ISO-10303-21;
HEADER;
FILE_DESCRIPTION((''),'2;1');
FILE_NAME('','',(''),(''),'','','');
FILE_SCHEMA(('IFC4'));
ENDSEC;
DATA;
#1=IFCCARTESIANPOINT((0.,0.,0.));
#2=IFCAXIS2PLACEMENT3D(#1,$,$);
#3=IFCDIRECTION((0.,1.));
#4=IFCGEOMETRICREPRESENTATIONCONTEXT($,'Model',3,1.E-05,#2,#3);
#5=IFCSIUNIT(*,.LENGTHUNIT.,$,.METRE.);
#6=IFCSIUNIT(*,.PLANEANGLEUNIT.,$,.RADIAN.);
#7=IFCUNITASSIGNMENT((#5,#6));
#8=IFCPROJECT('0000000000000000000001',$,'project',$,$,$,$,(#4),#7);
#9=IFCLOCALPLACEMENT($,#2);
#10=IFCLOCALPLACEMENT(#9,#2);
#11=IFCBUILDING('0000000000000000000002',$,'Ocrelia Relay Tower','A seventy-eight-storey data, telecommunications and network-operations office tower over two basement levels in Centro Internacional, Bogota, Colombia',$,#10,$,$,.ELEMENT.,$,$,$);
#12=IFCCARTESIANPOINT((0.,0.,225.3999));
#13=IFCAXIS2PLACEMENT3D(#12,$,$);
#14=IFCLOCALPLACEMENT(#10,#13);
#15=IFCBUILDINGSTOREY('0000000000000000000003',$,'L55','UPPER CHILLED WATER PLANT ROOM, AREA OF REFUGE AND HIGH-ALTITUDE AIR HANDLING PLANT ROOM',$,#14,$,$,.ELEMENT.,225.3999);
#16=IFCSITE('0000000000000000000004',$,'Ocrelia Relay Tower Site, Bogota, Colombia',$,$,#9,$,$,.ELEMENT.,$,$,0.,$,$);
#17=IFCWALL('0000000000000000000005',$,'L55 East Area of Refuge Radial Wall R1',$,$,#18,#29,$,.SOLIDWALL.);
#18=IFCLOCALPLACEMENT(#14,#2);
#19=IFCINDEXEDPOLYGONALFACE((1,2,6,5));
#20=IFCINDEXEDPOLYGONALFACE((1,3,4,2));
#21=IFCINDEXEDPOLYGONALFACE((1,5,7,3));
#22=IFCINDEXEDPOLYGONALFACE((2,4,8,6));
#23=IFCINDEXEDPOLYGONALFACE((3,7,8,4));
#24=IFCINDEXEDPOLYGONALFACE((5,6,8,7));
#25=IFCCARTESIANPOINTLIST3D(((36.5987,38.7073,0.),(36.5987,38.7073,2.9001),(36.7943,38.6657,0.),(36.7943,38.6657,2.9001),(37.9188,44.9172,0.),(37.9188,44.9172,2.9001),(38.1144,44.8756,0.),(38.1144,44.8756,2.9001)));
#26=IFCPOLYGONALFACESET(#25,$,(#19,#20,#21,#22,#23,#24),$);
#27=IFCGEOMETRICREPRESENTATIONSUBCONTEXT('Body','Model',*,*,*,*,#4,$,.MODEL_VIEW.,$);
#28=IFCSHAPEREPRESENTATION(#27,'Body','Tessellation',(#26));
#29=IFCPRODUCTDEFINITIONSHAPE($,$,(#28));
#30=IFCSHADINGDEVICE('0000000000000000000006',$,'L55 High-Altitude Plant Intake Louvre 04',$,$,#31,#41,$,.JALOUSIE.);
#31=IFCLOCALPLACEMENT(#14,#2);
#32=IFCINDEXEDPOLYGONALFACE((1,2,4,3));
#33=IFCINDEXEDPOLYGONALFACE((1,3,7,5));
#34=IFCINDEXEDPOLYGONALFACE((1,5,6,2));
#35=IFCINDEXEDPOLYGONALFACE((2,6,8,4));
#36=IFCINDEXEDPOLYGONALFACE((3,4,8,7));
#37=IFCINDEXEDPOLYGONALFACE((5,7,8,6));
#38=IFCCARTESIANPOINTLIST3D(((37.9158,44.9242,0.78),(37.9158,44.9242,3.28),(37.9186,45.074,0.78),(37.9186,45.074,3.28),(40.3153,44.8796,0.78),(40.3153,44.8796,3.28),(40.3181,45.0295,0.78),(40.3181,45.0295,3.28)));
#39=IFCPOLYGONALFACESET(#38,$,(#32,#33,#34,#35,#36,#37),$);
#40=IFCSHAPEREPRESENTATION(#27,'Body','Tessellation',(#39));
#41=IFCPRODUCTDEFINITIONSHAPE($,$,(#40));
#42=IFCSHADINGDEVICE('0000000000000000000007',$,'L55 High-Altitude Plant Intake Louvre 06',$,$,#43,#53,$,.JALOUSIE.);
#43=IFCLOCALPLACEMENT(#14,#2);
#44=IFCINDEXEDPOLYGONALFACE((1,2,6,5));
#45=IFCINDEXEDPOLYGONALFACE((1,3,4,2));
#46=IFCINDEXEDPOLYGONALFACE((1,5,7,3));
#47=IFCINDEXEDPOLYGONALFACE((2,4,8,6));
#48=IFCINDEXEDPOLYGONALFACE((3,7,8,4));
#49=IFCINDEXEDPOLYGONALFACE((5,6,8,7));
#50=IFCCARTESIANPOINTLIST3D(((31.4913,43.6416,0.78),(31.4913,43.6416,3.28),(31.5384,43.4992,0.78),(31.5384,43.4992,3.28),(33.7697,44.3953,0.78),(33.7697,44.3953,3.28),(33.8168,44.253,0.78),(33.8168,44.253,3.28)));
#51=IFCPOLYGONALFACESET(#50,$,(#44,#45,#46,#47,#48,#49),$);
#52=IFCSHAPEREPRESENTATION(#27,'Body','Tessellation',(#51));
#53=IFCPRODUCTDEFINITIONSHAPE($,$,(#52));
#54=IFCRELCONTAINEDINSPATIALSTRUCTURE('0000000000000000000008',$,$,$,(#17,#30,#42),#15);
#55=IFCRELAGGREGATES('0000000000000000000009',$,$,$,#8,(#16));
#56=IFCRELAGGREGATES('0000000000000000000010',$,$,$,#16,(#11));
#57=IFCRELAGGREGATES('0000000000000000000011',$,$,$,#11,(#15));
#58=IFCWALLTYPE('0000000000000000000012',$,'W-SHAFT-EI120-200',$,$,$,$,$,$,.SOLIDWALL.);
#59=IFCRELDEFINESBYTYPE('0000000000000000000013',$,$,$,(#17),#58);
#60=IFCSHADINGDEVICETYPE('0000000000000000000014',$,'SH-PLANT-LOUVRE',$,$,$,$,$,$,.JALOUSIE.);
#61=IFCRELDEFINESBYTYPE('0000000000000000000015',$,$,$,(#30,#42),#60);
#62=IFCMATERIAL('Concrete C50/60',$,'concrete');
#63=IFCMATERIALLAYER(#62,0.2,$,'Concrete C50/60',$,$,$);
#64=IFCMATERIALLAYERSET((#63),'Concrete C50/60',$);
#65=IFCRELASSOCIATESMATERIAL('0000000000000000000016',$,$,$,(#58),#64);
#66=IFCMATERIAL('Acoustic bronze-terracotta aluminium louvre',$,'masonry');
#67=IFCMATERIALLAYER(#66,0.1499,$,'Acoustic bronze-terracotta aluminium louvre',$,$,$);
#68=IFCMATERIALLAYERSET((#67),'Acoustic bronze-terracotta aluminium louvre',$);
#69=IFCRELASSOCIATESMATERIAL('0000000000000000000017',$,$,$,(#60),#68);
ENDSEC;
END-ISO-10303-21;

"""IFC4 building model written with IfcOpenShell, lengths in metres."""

from ifc_helpers import new_model, si_unit, direction, frame, frame_2d, origin, origin_2d, place, context, subcontext, project, spatial, rectangle, extrude, material, layer, layer_set, type_object, element, save


model = new_model("IFC4")

# Units and contexts
model_context = context("Model", 3, precision=1e-05, world=origin(), true_north=direction((0.0, 1.0)))
body_context = subcontext(model_context, "Body", "Model", "MODEL_VIEW")
ifc_project = project(units=[si_unit("LENGTHUNIT", "METRE"), si_unit("PLANEANGLEUNIT", "RADIAN")], contexts=[model_context])

# Site, building, storey
site_placement = place(None, origin())
site = spatial("IfcSite", under=ifc_project, at=site_placement, Name="Ocrelia Relay Tower Site, Bogota, Colombia", CompositionType="ELEMENT", RefElevation=0.0)
building_placement = place(site_placement, origin())
building = spatial("IfcBuilding", under=site, at=building_placement, Name="Ocrelia Relay Tower", Description="A seventy-eight-storey data, telecommunications and network-operations office tower over two basement levels in Centro Internacional, Bogota, Colombia", CompositionType="ELEMENT")
storey_placement = place(building_placement, frame((0.0, 0.0, 225.3999)))
storey = spatial("IfcBuildingStorey", under=building, at=storey_placement, Name="L55", Description="UPPER CHILLED WATER PLANT ROOM, AREA OF REFUGE AND HIGH-ALTITUDE AIR HANDLING PLANT ROOM", CompositionType="ELEMENT", Elevation=225.3999)

# Wall
ifc_material_1 = material(Name="Concrete C50/60", Category="concrete")
ifc_layer_1 = layer(ifc_material_1, 0.2, Name="Concrete C50/60")
ifc_layer_set_1 = layer_set([ifc_layer_1], Name="Concrete C50/60")
wall_type_1 = type_object("IfcWallType", Name="W-SHAFT-EI120-200", PredefinedType="SOLIDWALL", material=ifc_layer_set_1)
wall_1_placement = place(storey_placement, frame((36.6965, 38.6865, 0.0), z_axis=(0.0, 0.0, 1.0), x_axis=(0.207927, 0.978144, 0.0)))
element("IfcWall", 1, at=wall_1_placement, inside=storey, type_object=wall_type_1, Name="L55 East Area of Refuge Radial Wall R1", PredefinedType="SOLIDWALL", context=body_context, shape_type="SweptSolid", body=[
    extrude(rectangle(XDim=6.3486, YDim=0.2, at=frame_2d((3.1743, 0.0))), origin(), (0.0, 0.0, 1.0), 2.9001),
])

# Shading devices
ifc_material_2 = material(Name="Acoustic bronze-terracotta aluminium louvre", Category="masonry")
ifc_layer_2 = layer(ifc_material_2, 0.1499, Name="Acoustic bronze-terracotta aluminium louvre")
ifc_layer_set_2 = layer_set([ifc_layer_2], Name="Acoustic bronze-terracotta aluminium louvre")
shading_device_type = type_object("IfcShadingDeviceType", Name="SH-PLANT-LOUVRE", PredefinedType="JALOUSIE", material=ifc_layer_set_2)
for number, where, z_axis, x_axis, name in (
    (2, (39.1169, 44.9768, 0.78), (0.0, 0.0, 1.0), (-0.999827, 0.018578, 0.0), "L55 High-Altitude Plant Intake Louvre 04"),
    (3, (32.6541, 43.9473, 0.78), (0.0, 0.0, 1.0), (-0.949399, -0.314073, 0.0), "L55 High-Altitude Plant Intake Louvre 06"),
):
    element("IfcShadingDevice", number, at=place(storey_placement, frame(where, z_axis=z_axis, x_axis=x_axis)), inside=storey, type_object=shading_device_type, Name=name, PredefinedType="JALOUSIE", context=body_context, shape_type="SweptSolid", body=[
        extrude(rectangle(XDim=2.3999, YDim=0.1499, at=origin_2d()), origin(), (0.0, 0.0, 1.0), 2.5),
    ])

save(model, "model.ifc")
